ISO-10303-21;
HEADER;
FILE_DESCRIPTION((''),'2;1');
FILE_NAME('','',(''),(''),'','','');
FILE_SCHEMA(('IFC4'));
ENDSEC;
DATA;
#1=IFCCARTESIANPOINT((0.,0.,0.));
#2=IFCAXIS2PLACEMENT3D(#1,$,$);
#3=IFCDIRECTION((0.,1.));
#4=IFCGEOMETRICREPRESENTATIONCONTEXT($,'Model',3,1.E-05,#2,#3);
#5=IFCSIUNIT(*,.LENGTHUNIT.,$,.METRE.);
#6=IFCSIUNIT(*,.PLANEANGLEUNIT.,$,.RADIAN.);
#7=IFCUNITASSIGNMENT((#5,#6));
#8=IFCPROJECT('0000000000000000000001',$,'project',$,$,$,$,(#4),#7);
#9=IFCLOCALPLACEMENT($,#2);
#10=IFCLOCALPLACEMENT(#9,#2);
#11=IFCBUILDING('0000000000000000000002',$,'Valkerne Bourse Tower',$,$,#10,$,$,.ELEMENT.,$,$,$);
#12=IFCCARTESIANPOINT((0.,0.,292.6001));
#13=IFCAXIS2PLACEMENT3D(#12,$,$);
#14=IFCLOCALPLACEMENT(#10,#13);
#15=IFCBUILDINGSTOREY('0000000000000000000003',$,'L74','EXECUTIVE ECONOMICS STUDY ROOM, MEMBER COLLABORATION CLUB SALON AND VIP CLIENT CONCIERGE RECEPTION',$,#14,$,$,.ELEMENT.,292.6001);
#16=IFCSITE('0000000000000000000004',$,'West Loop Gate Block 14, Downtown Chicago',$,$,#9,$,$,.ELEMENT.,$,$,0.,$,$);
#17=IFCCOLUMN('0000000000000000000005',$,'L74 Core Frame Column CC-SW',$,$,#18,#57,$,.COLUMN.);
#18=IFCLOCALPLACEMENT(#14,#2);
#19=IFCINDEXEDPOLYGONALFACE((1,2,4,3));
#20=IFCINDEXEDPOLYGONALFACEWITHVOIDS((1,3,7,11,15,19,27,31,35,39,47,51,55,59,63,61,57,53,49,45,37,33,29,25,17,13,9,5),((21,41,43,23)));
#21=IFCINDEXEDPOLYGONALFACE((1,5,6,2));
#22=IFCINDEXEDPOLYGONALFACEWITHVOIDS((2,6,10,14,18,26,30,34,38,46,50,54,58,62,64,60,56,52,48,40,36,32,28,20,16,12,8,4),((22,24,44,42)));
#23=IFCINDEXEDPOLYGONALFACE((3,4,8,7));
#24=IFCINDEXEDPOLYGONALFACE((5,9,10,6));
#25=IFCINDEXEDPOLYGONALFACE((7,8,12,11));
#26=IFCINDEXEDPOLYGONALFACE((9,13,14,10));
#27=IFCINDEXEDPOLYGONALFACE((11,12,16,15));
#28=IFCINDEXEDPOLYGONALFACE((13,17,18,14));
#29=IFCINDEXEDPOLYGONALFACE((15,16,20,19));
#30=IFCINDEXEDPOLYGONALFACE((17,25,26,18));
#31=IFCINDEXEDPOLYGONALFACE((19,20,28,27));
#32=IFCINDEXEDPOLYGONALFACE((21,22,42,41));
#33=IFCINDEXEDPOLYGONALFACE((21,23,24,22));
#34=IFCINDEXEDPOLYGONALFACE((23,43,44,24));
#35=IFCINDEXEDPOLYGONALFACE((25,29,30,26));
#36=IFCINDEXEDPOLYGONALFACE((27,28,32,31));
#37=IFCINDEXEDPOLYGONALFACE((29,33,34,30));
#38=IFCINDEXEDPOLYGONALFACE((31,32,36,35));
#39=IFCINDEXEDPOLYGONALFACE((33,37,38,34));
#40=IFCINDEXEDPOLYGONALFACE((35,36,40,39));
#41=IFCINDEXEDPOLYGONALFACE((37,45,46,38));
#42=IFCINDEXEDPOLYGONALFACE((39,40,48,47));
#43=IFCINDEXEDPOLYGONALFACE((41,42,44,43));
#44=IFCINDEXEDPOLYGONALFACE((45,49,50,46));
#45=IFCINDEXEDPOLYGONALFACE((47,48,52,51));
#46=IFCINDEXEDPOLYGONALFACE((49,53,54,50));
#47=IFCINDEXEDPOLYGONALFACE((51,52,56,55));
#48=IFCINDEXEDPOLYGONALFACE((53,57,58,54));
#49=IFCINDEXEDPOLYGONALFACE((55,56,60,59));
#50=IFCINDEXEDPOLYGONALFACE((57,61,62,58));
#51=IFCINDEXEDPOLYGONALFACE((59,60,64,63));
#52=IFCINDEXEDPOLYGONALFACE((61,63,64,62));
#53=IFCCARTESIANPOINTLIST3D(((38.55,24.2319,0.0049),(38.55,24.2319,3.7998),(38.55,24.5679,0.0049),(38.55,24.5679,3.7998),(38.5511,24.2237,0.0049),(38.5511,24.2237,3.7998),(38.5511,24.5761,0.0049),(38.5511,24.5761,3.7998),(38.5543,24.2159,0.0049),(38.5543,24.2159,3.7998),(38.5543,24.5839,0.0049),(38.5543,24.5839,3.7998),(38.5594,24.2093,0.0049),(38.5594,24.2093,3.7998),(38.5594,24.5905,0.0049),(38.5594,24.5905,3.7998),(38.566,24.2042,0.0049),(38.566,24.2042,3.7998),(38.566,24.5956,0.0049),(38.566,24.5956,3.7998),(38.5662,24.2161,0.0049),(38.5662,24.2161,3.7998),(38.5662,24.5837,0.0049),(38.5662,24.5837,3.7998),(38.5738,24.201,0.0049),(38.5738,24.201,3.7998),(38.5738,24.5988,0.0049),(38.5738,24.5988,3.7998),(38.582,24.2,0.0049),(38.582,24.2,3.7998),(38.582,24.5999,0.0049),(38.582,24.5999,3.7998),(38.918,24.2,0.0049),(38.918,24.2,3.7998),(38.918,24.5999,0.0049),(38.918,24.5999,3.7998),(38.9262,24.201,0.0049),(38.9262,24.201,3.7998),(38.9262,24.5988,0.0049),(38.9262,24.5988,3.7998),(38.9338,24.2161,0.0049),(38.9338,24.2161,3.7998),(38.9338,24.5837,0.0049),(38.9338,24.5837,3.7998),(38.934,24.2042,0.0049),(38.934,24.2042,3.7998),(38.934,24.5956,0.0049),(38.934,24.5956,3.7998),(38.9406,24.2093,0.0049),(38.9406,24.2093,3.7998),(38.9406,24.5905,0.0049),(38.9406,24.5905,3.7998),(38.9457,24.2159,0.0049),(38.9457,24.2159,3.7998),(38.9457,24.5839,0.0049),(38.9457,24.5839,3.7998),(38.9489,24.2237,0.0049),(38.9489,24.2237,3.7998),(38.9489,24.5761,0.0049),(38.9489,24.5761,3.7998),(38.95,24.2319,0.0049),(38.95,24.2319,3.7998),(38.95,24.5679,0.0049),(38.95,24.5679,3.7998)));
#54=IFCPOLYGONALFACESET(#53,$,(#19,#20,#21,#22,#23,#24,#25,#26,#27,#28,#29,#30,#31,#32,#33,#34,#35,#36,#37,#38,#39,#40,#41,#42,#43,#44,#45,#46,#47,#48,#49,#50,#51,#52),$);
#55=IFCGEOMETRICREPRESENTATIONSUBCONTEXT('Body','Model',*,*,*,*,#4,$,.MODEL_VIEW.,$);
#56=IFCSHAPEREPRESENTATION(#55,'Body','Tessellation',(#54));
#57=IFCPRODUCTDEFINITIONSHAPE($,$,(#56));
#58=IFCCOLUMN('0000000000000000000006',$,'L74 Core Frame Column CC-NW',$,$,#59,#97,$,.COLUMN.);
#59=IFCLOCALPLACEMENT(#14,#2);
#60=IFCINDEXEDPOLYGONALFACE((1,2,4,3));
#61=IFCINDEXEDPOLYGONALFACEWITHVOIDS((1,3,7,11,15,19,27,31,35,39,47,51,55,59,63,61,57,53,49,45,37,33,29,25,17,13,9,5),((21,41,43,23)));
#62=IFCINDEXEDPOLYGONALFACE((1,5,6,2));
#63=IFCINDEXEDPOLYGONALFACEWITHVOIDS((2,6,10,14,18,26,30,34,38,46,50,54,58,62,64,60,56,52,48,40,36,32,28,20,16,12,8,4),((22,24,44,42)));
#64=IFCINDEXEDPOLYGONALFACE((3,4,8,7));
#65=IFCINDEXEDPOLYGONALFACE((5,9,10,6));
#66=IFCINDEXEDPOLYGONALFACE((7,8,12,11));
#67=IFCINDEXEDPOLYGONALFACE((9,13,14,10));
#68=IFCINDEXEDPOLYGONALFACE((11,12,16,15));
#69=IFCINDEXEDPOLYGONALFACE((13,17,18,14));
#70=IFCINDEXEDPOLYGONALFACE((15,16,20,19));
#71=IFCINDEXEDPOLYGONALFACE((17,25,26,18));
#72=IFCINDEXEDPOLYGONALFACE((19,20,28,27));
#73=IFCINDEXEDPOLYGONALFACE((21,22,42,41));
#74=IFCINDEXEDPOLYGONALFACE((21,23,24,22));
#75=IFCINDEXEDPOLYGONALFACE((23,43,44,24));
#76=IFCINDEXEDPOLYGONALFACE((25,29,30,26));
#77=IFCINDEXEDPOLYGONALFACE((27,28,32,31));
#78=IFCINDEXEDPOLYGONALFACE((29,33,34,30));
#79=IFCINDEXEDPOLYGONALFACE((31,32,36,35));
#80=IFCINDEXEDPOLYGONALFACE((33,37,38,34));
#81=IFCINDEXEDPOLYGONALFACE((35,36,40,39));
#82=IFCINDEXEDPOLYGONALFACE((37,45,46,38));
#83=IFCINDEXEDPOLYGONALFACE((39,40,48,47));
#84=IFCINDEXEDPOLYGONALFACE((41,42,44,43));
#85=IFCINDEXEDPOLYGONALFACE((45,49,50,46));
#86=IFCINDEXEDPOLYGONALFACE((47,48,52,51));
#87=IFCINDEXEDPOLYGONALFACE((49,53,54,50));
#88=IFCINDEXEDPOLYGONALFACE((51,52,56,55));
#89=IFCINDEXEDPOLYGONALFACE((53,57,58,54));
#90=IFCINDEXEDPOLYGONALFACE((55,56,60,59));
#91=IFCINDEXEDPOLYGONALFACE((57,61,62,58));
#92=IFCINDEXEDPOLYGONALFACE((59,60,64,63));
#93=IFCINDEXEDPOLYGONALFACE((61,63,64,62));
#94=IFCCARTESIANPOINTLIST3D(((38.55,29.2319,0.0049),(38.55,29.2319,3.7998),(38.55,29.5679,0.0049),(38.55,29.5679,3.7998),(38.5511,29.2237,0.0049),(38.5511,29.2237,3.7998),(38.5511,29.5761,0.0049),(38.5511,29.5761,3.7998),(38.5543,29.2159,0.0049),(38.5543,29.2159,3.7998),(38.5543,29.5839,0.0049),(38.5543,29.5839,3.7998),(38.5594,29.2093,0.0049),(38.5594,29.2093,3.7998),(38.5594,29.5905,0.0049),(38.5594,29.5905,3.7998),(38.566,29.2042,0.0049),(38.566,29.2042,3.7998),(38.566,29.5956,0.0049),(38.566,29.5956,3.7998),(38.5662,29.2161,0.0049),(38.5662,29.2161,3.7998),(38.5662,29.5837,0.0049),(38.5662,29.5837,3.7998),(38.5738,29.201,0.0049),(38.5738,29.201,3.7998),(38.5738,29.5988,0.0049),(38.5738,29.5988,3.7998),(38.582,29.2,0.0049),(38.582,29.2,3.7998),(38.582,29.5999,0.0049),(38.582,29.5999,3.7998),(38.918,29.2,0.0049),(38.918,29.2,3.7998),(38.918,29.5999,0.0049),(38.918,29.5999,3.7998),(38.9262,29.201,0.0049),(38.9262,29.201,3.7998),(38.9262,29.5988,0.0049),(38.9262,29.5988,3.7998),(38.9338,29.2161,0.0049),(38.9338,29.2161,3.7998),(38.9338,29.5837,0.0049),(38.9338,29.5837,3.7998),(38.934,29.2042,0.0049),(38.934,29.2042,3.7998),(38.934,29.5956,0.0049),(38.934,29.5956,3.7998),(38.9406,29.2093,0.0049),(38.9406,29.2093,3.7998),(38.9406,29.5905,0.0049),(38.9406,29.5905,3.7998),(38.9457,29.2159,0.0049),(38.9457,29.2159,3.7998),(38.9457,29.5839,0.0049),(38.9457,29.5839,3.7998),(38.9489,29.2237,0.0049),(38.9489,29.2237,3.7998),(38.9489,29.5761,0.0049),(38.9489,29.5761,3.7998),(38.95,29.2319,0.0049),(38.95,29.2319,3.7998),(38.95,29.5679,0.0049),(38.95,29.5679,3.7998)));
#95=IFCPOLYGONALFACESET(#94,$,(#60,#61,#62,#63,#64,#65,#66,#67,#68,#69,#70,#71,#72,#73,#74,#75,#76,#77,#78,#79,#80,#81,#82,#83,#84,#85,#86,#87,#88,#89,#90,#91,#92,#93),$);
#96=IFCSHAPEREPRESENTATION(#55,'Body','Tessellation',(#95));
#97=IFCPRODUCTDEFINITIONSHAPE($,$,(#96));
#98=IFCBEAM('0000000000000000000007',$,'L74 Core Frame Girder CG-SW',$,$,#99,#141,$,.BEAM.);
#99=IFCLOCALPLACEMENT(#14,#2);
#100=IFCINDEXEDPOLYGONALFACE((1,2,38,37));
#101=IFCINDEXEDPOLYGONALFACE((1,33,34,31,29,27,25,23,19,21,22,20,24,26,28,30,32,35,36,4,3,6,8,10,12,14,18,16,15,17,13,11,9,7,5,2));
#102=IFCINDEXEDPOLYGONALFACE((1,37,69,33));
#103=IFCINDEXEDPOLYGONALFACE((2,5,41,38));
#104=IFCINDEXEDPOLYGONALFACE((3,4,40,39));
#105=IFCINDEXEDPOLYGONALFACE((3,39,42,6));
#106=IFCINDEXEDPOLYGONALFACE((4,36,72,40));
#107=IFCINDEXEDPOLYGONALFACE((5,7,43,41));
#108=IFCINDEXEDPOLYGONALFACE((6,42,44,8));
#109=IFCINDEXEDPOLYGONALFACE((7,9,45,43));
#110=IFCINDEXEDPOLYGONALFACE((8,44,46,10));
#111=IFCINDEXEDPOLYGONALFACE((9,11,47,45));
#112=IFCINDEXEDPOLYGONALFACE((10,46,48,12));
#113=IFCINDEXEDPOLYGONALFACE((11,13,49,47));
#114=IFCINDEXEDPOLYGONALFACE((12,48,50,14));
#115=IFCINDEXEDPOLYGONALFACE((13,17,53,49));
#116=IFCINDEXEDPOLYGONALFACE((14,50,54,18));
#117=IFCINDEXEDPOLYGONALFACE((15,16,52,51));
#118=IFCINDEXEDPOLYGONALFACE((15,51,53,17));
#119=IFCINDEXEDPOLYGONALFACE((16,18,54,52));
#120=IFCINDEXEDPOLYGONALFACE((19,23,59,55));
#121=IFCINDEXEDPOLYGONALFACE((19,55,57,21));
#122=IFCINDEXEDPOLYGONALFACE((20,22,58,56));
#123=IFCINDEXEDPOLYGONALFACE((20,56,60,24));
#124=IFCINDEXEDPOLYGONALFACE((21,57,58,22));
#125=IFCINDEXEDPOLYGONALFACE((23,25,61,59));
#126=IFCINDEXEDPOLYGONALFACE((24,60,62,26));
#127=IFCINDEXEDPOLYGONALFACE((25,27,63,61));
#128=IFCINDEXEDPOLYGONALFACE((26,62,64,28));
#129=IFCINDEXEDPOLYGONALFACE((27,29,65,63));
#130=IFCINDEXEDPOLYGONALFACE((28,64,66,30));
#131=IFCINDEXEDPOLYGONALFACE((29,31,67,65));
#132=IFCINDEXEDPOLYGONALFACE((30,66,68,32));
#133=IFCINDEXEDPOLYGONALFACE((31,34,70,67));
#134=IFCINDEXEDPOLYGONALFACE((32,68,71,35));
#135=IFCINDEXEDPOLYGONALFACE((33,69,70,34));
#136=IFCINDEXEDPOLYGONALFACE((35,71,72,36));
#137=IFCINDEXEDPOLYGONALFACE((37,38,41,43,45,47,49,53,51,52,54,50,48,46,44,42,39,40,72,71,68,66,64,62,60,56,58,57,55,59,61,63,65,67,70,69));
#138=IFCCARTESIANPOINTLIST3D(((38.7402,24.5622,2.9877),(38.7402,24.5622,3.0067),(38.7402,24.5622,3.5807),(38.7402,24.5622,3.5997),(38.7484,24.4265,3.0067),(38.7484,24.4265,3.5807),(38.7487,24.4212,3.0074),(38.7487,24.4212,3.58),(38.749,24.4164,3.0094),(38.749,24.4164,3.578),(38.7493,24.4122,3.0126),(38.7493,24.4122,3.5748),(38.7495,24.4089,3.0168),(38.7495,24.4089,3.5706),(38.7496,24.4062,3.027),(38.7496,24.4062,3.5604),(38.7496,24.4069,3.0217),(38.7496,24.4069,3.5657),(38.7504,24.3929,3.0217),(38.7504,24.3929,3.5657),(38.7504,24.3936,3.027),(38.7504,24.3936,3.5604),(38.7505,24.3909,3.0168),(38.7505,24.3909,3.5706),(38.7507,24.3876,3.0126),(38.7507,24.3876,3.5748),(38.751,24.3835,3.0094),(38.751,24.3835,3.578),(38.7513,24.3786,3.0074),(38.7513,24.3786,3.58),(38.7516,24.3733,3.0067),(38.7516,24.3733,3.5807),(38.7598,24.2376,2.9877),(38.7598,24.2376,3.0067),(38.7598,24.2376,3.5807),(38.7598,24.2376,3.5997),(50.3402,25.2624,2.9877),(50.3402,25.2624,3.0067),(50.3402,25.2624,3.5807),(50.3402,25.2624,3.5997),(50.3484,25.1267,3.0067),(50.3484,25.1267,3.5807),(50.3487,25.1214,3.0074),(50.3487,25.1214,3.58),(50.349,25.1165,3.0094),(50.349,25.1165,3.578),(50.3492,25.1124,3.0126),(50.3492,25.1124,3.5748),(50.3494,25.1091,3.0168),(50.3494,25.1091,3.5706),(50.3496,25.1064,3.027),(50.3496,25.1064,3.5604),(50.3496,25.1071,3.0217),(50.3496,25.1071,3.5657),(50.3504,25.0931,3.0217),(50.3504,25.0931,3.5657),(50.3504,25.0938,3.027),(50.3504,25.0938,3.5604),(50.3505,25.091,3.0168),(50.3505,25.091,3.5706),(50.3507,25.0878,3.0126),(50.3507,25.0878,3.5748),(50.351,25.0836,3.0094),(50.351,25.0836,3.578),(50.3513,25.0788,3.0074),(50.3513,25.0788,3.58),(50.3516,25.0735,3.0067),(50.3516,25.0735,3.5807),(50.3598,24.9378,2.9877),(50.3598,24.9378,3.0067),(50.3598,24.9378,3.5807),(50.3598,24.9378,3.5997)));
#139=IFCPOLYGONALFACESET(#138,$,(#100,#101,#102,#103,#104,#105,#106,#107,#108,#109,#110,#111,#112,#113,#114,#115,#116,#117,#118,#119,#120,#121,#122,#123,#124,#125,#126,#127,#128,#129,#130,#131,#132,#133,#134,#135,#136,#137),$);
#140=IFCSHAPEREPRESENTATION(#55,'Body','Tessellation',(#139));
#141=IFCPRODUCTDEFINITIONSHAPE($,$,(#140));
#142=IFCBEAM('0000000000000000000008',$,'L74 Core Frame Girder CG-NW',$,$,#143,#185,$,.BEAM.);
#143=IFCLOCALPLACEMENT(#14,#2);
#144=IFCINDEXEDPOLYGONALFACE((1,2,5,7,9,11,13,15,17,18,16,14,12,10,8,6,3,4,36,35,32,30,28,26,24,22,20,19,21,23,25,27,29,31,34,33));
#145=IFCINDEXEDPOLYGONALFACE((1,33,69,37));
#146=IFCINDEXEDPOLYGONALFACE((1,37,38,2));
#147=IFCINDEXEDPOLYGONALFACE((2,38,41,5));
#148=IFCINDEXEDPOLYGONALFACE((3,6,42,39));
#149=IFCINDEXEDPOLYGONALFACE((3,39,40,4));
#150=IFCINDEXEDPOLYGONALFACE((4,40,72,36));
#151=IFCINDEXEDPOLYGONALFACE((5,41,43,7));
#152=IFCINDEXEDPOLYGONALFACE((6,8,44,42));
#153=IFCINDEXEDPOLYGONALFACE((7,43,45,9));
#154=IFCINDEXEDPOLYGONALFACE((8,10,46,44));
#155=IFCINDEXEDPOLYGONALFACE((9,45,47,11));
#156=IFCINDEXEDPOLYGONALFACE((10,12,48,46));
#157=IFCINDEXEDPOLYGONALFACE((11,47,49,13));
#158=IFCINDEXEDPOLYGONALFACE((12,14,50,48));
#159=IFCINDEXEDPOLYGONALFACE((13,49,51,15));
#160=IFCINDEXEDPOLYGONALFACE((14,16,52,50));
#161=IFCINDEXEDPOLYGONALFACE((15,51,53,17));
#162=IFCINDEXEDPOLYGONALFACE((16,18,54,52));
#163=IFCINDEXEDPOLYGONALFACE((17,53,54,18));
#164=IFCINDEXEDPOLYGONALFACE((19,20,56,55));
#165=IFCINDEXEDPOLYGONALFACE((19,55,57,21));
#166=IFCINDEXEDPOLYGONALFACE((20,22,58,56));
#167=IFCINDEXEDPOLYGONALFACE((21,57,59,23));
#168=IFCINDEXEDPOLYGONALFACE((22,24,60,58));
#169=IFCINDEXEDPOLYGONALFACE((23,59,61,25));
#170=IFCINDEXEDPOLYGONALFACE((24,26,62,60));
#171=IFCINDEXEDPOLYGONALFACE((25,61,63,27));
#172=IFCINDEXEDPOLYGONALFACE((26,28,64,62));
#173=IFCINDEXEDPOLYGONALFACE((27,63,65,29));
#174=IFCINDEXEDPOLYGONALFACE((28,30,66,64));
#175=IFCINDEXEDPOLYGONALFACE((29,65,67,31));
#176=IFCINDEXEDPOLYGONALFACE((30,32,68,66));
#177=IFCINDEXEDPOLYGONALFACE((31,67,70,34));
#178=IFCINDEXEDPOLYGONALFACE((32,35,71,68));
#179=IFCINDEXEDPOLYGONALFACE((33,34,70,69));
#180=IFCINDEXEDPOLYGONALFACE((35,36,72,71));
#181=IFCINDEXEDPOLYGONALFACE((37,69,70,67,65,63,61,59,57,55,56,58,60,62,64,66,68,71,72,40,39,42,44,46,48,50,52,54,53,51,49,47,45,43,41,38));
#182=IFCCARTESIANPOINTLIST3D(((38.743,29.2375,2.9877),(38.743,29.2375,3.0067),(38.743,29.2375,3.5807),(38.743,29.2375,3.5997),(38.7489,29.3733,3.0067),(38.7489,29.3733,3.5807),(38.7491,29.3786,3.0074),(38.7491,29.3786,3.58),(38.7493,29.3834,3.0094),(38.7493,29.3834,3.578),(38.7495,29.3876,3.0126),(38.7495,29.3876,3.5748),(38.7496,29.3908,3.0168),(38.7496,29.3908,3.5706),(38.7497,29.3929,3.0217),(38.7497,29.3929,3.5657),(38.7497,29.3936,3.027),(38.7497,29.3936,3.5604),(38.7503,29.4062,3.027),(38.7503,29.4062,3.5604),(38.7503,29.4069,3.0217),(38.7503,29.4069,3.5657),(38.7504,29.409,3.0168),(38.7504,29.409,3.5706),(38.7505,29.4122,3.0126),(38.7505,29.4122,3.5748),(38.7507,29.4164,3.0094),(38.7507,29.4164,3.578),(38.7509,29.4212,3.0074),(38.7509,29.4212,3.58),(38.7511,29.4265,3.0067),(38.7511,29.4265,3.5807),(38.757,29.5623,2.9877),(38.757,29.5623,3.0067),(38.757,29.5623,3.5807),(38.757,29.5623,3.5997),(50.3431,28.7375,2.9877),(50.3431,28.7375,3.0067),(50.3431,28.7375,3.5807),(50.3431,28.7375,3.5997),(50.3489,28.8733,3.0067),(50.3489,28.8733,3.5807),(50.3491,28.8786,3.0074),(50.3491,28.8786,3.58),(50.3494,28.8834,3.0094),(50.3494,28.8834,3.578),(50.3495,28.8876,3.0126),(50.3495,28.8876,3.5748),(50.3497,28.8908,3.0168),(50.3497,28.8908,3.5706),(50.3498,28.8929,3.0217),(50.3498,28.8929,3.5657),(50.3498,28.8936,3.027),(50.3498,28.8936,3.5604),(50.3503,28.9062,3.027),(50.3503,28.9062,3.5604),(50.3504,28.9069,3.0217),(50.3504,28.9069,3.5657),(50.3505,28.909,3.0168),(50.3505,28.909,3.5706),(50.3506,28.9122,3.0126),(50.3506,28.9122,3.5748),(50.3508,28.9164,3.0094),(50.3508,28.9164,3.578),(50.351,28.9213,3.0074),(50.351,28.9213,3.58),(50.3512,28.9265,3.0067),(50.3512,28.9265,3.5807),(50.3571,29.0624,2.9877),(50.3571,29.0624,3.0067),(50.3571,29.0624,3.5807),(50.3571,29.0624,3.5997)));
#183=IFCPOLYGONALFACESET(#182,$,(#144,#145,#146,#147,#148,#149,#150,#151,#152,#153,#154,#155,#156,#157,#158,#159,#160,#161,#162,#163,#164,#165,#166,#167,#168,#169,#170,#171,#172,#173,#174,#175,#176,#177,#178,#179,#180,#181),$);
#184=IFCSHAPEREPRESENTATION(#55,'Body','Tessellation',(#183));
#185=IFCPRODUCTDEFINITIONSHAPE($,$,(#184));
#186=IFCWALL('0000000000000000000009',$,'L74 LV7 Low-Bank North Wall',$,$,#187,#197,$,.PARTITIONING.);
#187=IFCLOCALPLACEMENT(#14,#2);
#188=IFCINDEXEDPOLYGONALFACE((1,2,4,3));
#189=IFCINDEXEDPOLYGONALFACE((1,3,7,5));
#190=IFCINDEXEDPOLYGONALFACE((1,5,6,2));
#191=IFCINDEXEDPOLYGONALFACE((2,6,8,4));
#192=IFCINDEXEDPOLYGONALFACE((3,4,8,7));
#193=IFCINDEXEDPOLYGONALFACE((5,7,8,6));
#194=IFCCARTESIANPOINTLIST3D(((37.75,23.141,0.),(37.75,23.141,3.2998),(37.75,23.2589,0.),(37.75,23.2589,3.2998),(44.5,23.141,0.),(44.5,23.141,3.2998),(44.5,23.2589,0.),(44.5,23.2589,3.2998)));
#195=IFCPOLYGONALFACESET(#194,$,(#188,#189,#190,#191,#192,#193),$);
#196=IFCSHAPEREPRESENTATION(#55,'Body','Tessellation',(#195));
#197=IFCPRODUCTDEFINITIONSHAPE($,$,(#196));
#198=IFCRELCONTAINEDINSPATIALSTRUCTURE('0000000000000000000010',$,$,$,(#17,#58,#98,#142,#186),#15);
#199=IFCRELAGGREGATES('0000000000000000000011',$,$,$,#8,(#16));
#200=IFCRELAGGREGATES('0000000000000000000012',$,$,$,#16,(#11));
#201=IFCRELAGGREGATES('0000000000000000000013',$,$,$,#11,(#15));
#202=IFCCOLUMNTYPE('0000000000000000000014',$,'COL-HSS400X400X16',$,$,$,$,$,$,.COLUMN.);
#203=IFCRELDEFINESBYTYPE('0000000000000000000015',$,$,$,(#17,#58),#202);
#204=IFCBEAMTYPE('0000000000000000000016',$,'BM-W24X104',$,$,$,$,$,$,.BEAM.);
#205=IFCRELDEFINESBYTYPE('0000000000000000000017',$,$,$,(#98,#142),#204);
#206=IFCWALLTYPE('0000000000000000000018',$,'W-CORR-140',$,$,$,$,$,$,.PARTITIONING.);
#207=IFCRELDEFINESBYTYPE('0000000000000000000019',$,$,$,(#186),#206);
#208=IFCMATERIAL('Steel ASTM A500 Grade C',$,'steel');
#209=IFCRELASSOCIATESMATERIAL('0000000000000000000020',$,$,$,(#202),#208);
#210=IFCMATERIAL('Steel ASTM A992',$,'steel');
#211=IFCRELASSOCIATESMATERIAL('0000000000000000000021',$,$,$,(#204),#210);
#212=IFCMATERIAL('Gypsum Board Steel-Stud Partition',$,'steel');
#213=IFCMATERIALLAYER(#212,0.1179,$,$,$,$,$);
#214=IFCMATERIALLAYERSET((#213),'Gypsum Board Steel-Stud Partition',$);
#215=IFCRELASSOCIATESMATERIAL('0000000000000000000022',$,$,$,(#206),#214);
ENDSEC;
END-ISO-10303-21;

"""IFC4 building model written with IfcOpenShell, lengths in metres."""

from ifc_helpers import new_model, si_unit, direction, frame, frame_2d, origin, origin_2d, place, context, subcontext, project, spatial, rectangle, hollow_rectangle, i_section, extrude, material, layer, layer_set, material_profile, profile_set, type_object, element, save


model = new_model("IFC4")

# Units and contexts
model_context = context("Model", 3, precision=1e-05, world=origin(), true_north=direction((0.0, 1.0)))
body_context = subcontext(model_context, "Body", "Model", "MODEL_VIEW")
ifc_project = project(units=[si_unit("LENGTHUNIT", "METRE"), si_unit("PLANEANGLEUNIT", "RADIAN")], contexts=[model_context])

# Site, building, storey
site_placement = place(None, origin())
site = spatial("IfcSite", under=ifc_project, at=site_placement, Name="West Loop Gate Block 14, Downtown Chicago", CompositionType="ELEMENT", RefElevation=0.0)
building_placement = place(site_placement, origin())
building = spatial("IfcBuilding", under=site, at=building_placement, Name="Valkerne Bourse Tower", CompositionType="ELEMENT")
storey_placement = place(building_placement, frame((0.0, 0.0, 292.6001)))
storey = spatial("IfcBuildingStorey", under=building, at=storey_placement, Name="L74", Description="EXECUTIVE ECONOMICS STUDY ROOM, MEMBER COLLABORATION CLUB SALON AND VIP CLIENT CONCIERGE RECEPTION", CompositionType="ELEMENT", Elevation=292.6001)

# Columns
ifc_material_1 = material(Name="Steel ASTM A500 Grade C", Category="steel")
ifc_material_profile_1 = material_profile(ifc_material_1, hollow_rectangle(XDim=0.3999, YDim=0.3999, WallThickness=0.0161, OuterFilletRadius=0.032, at=origin_2d()), Name="HSS400X400X16")
ifc_profile_set_1 = profile_set([ifc_material_profile_1], Name="Steel ASTM A500 Grade C")
column_type = type_object("IfcColumnType", Name="COL-HSS400X400X16", PredefinedType="COLUMN", material=ifc_profile_set_1)
for number, where, z_axis, x_axis, name in (
    (1, (38.75, 24.3999, 0.0049), (0.0, 0.0, 1.0), (1.0, 0.0, 0.0), "L74 Core Frame Column CC-SW"),
    (2, (38.75, 29.3999, 0.0049), (0.0, 0.0, 1.0), (1.0, 0.0, 0.0), "L74 Core Frame Column CC-NW"),
):
    element("IfcColumn", number, at=place(storey_placement, frame(where, z_axis=z_axis, x_axis=x_axis)), inside=storey, type_object=column_type, Name=name, PredefinedType="COLUMN", context=body_context, shape_type="SweptSolid", body=[
        extrude(hollow_rectangle(XDim=0.3999, YDim=0.3999, WallThickness=0.0161, OuterFilletRadius=0.032, at=origin_2d()), origin(), (0.0, 0.0, 1.0), 3.7949),
    ])

# Beams
ifc_material_2 = material(Name="Steel ASTM A992", Category="steel")
ifc_material_profile_2 = material_profile(ifc_material_2, i_section(OverallWidth=0.3252, OverallDepth=0.6121, WebThickness=0.0127, FlangeThickness=0.019, FilletRadius=0.0203, at=origin_2d()), Name="W24X104")
ifc_profile_set_2 = profile_set([ifc_material_profile_2], Name="Steel ASTM A992")
beam_type = type_object("IfcBeamType", Name="BM-W24X104", PredefinedType="BEAM", material=ifc_profile_set_2)
beam_1_placement = place(storey_placement, frame((38.75, 24.3999, 3.2937), z_axis=(0.998183, 0.060251, 0.0), x_axis=(-0.060251, 0.998183, 0.0)))
element("IfcBeam", 3, at=beam_1_placement, inside=storey, type_object=beam_type, Name="L74 Core Frame Girder CG-SW", PredefinedType="BEAM", context=body_context, shape_type="SweptSolid", body=[
    extrude(i_section(OverallWidth=0.3252, OverallDepth=0.6121, WebThickness=0.0127, FlangeThickness=0.019, FilletRadius=0.0203, at=origin_2d()), origin(), (0.0, 0.0, 1.0), 11.6211),
])
beam_2_placement = place(storey_placement, frame((38.75, 29.3999, 3.2937), z_axis=(0.999072, -0.043063, 0.0), x_axis=(0.043063, 0.999072, 0.0)))
element("IfcBeam", 4, at=beam_2_placement, inside=storey, type_object=beam_type, Name="L74 Core Frame Girder CG-NW", PredefinedType="BEAM", context=body_context, shape_type="SweptSolid", body=[
    extrude(i_section(OverallWidth=0.3252, OverallDepth=0.6121, WebThickness=0.0127, FlangeThickness=0.019, FilletRadius=0.0203, at=origin_2d()), origin(), (0.0, 0.0, 1.0), 11.6108),
])

# Wall
ifc_material_3 = material(Name="Gypsum Board Steel-Stud Partition", Category="steel")
ifc_layer_1 = layer(ifc_material_3, 0.1179)
ifc_layer_set_1 = layer_set([ifc_layer_1], Name="Gypsum Board Steel-Stud Partition")
wall_type_1 = type_object("IfcWallType", Name="W-CORR-140", PredefinedType="PARTITIONING", material=ifc_layer_set_1)
wall_1_placement = place(storey_placement, frame((37.75, 23.2, 0.0), z_axis=(0.0, 0.0, 1.0), x_axis=(1.0, 0.0, 0.0)))
element("IfcWall", 5, at=wall_1_placement, inside=storey, type_object=wall_type_1, Name="L74 LV7 Low-Bank North Wall", PredefinedType="PARTITIONING", context=body_context, shape_type="SweptSolid", body=[
    extrude(rectangle(XDim=6.75, YDim=0.1179, at=frame_2d((3.375, 0.0))), origin(), (0.0, 0.0, 1.0), 3.2998),
])

save(model, "model.ifc")
